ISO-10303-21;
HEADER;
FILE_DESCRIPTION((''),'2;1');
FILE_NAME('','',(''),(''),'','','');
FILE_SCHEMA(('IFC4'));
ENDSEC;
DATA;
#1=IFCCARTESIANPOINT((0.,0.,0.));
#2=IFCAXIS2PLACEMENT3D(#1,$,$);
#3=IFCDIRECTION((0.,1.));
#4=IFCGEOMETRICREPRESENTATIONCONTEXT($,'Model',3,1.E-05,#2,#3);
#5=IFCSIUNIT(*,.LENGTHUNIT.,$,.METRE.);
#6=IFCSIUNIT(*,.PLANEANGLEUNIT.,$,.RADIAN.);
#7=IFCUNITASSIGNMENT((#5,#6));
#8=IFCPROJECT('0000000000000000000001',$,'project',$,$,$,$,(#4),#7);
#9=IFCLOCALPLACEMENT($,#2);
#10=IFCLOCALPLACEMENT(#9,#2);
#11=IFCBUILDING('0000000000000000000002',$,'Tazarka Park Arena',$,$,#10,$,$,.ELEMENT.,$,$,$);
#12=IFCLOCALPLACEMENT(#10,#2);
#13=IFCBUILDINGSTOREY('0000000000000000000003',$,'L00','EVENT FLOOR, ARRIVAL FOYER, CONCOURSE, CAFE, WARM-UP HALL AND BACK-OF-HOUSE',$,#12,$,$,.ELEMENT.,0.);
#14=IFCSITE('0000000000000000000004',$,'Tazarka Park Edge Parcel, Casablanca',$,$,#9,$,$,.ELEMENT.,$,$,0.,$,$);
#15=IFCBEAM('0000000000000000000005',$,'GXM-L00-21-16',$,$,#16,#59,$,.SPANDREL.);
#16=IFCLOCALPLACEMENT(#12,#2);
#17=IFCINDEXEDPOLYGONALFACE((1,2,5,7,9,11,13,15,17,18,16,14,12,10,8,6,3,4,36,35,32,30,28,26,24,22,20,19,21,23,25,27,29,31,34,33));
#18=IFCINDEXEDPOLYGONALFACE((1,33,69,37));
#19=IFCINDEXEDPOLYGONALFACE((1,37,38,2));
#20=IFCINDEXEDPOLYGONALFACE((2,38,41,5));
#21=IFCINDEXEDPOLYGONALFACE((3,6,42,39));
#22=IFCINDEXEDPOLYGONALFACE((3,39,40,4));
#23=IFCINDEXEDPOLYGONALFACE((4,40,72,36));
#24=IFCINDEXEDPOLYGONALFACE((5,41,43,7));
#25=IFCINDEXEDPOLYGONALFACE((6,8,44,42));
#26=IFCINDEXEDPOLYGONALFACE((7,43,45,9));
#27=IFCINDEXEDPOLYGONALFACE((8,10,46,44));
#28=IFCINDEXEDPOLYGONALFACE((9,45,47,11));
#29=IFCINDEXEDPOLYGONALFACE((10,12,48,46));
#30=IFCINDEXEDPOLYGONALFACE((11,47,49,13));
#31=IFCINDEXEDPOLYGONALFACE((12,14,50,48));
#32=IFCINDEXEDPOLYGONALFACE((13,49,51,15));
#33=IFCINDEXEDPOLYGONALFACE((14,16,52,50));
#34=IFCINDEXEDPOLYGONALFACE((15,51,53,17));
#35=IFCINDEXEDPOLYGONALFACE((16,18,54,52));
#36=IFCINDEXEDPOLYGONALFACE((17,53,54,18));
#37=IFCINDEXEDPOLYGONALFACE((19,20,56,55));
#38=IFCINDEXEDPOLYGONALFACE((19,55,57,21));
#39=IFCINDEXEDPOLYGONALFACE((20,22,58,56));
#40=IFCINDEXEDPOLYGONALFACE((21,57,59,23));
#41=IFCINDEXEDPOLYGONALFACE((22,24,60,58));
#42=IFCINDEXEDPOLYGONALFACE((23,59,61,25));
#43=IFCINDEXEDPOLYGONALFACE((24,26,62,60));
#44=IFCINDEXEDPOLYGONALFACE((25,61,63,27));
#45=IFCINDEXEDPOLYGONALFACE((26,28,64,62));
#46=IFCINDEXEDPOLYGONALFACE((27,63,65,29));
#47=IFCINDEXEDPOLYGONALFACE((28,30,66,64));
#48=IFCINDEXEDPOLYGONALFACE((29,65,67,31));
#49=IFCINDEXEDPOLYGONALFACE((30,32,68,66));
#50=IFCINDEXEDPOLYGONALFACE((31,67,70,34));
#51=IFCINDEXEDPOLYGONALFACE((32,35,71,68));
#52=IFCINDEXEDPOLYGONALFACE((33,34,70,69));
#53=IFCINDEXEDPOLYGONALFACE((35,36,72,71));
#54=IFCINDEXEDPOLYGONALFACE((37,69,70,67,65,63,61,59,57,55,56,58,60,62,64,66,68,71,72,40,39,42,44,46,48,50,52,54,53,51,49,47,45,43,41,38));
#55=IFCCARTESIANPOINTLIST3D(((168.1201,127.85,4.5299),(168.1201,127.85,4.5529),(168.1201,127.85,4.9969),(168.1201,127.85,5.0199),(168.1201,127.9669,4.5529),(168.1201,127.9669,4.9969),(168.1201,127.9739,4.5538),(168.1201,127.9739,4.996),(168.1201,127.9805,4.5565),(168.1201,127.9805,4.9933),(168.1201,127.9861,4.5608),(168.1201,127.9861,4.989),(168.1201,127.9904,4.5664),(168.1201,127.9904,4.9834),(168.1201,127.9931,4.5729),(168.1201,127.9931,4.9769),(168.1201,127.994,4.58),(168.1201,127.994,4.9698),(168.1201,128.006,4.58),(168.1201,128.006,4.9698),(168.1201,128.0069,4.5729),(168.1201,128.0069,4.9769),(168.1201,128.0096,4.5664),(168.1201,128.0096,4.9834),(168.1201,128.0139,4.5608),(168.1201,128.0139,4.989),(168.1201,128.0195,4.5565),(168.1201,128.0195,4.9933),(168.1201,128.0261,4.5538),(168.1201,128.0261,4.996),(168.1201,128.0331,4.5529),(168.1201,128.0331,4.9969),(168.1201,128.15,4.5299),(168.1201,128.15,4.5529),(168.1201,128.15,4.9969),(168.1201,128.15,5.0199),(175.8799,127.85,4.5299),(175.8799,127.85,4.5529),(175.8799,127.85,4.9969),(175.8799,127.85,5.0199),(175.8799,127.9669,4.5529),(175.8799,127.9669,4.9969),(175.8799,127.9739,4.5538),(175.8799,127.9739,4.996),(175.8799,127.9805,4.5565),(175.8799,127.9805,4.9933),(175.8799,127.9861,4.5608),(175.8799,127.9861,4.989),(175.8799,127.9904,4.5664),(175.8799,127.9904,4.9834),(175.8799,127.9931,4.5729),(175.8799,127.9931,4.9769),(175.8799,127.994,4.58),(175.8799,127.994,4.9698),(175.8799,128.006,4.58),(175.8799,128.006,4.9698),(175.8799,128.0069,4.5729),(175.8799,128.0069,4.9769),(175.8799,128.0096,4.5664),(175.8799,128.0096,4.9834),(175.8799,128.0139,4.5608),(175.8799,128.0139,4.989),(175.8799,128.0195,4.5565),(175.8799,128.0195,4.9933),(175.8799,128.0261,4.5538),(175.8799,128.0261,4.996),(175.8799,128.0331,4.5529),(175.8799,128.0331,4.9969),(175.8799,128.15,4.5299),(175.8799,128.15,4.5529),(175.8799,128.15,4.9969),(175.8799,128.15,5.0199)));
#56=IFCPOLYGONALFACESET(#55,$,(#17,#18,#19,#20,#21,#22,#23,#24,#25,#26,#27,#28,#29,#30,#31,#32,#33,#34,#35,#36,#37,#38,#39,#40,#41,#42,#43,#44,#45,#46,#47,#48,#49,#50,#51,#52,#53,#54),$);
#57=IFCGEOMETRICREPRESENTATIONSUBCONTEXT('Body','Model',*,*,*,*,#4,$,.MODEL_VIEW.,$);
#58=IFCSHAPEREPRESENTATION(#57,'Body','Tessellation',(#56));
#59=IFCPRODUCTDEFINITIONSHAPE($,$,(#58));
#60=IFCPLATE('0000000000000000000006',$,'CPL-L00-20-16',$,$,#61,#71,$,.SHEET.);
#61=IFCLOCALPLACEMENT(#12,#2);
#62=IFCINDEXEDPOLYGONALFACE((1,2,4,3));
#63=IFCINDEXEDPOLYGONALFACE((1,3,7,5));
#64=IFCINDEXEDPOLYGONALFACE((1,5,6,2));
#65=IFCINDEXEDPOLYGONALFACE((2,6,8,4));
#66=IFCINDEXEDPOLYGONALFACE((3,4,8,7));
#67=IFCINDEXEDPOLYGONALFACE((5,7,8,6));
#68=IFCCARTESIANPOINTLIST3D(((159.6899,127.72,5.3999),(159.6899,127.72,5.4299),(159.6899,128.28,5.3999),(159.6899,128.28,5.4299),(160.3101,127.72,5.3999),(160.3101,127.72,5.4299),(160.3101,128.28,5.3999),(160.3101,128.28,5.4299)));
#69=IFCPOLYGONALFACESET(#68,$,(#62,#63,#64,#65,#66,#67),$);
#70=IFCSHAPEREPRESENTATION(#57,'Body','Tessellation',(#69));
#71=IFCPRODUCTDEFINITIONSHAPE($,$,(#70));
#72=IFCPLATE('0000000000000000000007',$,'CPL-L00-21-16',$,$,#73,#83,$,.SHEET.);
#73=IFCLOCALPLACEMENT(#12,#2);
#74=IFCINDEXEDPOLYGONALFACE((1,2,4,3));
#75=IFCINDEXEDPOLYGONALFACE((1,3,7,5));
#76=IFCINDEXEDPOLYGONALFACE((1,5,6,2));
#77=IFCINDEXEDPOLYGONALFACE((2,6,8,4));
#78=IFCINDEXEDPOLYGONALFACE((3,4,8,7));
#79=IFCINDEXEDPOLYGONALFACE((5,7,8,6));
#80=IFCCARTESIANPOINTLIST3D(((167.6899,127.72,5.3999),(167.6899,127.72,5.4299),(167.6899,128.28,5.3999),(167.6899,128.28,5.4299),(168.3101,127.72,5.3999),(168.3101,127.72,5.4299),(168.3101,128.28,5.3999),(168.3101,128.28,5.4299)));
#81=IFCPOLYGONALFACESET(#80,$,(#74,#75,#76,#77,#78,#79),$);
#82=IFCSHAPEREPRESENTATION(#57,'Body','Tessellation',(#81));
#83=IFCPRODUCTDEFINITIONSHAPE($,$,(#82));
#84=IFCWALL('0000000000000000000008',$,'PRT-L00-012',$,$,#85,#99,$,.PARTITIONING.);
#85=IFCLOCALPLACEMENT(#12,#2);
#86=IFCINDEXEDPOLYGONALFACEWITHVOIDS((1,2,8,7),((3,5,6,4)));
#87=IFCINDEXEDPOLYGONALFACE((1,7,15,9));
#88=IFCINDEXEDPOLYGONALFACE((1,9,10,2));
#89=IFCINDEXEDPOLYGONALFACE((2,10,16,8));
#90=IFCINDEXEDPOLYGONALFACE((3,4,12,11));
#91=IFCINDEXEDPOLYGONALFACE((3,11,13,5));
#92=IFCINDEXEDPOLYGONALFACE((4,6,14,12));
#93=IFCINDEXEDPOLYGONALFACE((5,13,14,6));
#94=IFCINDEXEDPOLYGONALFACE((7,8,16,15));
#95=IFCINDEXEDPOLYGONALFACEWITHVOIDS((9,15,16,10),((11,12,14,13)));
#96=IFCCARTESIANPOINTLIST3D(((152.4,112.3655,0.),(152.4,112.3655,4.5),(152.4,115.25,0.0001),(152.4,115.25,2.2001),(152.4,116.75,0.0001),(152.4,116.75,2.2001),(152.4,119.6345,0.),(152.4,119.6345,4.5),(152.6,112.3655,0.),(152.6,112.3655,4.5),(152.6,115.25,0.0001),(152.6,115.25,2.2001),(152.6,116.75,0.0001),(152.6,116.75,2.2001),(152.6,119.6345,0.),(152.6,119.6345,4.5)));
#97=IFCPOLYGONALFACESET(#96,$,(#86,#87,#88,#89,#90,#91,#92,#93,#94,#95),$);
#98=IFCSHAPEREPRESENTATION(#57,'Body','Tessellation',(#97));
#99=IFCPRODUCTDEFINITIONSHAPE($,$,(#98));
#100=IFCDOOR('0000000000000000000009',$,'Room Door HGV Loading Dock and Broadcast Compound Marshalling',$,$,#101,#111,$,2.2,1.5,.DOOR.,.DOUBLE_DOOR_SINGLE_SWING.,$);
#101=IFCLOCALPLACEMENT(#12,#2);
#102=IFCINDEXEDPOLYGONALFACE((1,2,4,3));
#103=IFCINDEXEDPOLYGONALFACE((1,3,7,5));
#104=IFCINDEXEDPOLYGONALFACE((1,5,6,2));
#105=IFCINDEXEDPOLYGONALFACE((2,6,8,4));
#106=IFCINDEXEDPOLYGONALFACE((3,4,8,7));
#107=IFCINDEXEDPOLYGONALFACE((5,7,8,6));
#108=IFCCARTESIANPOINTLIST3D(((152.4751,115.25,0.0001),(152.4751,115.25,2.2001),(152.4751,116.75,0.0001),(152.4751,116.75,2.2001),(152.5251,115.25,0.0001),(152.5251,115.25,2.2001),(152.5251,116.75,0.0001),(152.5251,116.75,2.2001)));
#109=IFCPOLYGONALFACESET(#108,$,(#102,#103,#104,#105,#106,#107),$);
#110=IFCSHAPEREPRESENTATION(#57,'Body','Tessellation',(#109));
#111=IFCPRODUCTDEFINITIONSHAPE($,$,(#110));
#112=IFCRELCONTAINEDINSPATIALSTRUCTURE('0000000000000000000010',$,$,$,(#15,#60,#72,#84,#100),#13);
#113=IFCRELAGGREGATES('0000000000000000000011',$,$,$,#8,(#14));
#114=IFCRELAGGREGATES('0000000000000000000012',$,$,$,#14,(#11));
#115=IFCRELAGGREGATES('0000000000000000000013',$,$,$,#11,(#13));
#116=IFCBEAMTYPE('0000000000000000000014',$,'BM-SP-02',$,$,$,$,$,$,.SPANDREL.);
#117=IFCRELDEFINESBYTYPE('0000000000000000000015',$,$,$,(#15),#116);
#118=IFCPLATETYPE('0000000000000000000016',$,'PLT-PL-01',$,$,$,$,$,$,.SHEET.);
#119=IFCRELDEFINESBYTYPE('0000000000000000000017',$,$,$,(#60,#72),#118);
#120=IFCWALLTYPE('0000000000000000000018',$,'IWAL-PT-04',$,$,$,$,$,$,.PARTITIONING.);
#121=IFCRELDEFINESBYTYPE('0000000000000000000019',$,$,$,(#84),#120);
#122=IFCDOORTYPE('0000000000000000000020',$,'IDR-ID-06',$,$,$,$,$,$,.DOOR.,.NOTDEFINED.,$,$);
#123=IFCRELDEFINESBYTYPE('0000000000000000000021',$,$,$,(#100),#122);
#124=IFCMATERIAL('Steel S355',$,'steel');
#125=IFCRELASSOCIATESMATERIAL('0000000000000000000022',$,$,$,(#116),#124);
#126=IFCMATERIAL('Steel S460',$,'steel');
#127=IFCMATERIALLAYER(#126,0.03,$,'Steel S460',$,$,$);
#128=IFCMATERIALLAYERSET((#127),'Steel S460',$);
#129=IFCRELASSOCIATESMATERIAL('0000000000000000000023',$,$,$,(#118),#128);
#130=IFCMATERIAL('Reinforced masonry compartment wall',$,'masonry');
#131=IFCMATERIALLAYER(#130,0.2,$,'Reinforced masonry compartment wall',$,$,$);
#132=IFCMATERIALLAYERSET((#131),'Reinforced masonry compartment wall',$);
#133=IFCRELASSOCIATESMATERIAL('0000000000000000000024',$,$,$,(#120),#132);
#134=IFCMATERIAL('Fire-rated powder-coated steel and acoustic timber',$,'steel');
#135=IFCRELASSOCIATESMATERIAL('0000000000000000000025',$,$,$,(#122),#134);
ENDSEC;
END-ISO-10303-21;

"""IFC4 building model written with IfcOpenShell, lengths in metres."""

from ifc_helpers import new_model, si_unit, direction, frame, frame_2d, origin, origin_2d, place, context, subcontext, project, spatial, rectangle, i_section, extrude, material, layer, layer_set, material_profile, profile_set, type_object, element, fill, save


model = new_model("IFC4")

# Units and contexts
model_context = context("Model", 3, precision=1e-05, world=origin(), true_north=direction((0.0, 1.0)))
body_context = subcontext(model_context, "Body", "Model", "MODEL_VIEW")
ifc_project = project(units=[si_unit("LENGTHUNIT", "METRE"), si_unit("PLANEANGLEUNIT", "RADIAN")], contexts=[model_context])

# Site, building, storey
site_placement = place(None, origin())
site = spatial("IfcSite", under=ifc_project, at=site_placement, Name="Tazarka Park Edge Parcel, Casablanca", CompositionType="ELEMENT", RefElevation=0.0)
building_placement = place(site_placement, origin())
building = spatial("IfcBuilding", under=site, at=building_placement, Name="Tazarka Park Arena", CompositionType="ELEMENT")
storey_placement = place(building_placement, origin())
storey = spatial("IfcBuildingStorey", under=building, at=storey_placement, Name="L00", Description="EVENT FLOOR, ARRIVAL FOYER, CONCOURSE, CAFE, WARM-UP HALL AND BACK-OF-HOUSE", CompositionType="ELEMENT", Elevation=0.0)

# Beam
ifc_material_1 = material(Name="Steel S355", Category="steel")
ifc_material_profile_1 = material_profile(ifc_material_1, i_section(OverallWidth=0.3, OverallDepth=0.49, WebThickness=0.012, FlangeThickness=0.0229, FilletRadius=0.0271, at=origin_2d()), Name="Steel S355")
ifc_profile_set_1 = profile_set([ifc_material_profile_1], Name="Steel S355")
beam_type_1 = type_object("IfcBeamType", Name="BM-SP-02", PredefinedType="SPANDREL", material=ifc_profile_set_1)
for number, where, z_axis, x_axis, name in (
    (1, (168.1201, 128.0, 4.7749), (1.0, 0.0, 0.0), (0.0, 1.0, 0.0), "GXM-L00-21-16"),
):
    element("IfcBeam", number, at=place(storey_placement, frame(where, z_axis=z_axis, x_axis=x_axis)), inside=storey, type_object=beam_type_1, Name=name, PredefinedType="SPANDREL", context=body_context, shape_type="SweptSolid", body=[
        extrude(i_section(OverallWidth=0.3, OverallDepth=0.49, WebThickness=0.012, FlangeThickness=0.0229, FilletRadius=0.0271, at=origin_2d()), origin(), (0.0, 0.0, 1.0), 7.7598),
    ])

# Plates
ifc_material_2 = material(Name="Steel S460", Category="steel")
ifc_layer_1 = layer(ifc_material_2, 0.03, Name="Steel S460")
ifc_layer_set_1 = layer_set([ifc_layer_1], Name="Steel S460")
plate_type = type_object("IfcPlateType", Name="PLT-PL-01", PredefinedType="SHEET", material=ifc_layer_set_1)
for number, where, z_axis, x_axis, name in (
    (2, (160.0, 128.0, 5.3999), (0.0, 0.0, 1.0), (1.0, 0.0, 0.0), "CPL-L00-20-16"),
    (3, (168.0, 128.0, 5.3999), (0.0, 0.0, 1.0), (1.0, 0.0, 0.0), "CPL-L00-21-16"),
):
    element("IfcPlate", number, at=place(storey_placement, frame(where, z_axis=z_axis, x_axis=x_axis)), inside=storey, type_object=plate_type, Name=name, PredefinedType="SHEET", context=body_context, shape_type="SweptSolid", body=[
        extrude(rectangle(XDim=0.6201, YDim=0.5601, at=origin_2d()), origin(), (0.0, 0.0, 1.0), 0.03),
    ])

# Wall, opening, door
ifc_material_3 = material(Name="Reinforced masonry compartment wall", Category="masonry")
ifc_layer_2 = layer(ifc_material_3, 0.2, Name="Reinforced masonry compartment wall")
ifc_layer_set_2 = layer_set([ifc_layer_2], Name="Reinforced masonry compartment wall")
wall_type_1 = type_object("IfcWallType", Name="IWAL-PT-04", PredefinedType="PARTITIONING", material=ifc_layer_set_2)
wall_1_placement = place(storey_placement, frame((152.5, 112.3655, 0.0), z_axis=(0.0, 0.0, 1.0), x_axis=(0.0, 1.0, 0.0)))
wall_1 = element("IfcWall", 4, at=wall_1_placement, inside=storey, type_object=wall_type_1, Name="PRT-L00-012", PredefinedType="PARTITIONING", context=body_context, shape_type="SweptSolid", body=[
    extrude(rectangle(XDim=7.269, YDim=0.2, at=frame_2d((3.6345, 0.0))), origin(), (0.0, 0.0, 1.0), 4.5),
])
opening_1_placement = place(wall_1_placement, frame((2.8845, 0.0, 0.0)))
opening_1 = element("IfcOpeningElement", 5, at=opening_1_placement, cuts=wall_1, PredefinedType="OPENING", context=body_context, shape_type="SweptSolid", body=[
    extrude(rectangle(XDim=1.5, YDim=2.2, at=frame_2d((0.75, 1.1001))), frame((0.0, 0.1099, 0.0), z_axis=(0.0, -1.0, 0.0), x_axis=(1.0, 0.0, 0.0)), (0.0, 0.0, 1.0), 0.22),
])
ifc_material_4 = material(Name="Fire-rated powder-coated steel and acoustic timber", Category="steel")
door_type_1 = type_object("IfcDoorType", Name="IDR-ID-06", OperationType="NOTDEFINED", PredefinedType="DOOR", material=ifc_material_4)
door_1_placement = place(opening_1_placement, origin())
door_1 = element("IfcDoor", 6, at=door_1_placement, inside=storey, type_object=door_type_1, Name="Room Door HGV Loading Dock and Broadcast Compound Marshalling", OperationType="DOUBLE_DOOR_SINGLE_SWING", OverallHeight=2.2, OverallWidth=1.5, PredefinedType="DOOR", context=body_context, shape_type="SweptSolid", body=[
    extrude(rectangle(XDim=1.5, YDim=2.2, at=frame_2d((0.75, 1.1001))), frame((0.0, 0.0249, 0.0), z_axis=(0.0, -1.0, 0.0), x_axis=(1.0, 0.0, 0.0)), (0.0, 0.0, 1.0), 0.05),
])
fill(opening_1, door_1)

save(model, "model.ifc")
